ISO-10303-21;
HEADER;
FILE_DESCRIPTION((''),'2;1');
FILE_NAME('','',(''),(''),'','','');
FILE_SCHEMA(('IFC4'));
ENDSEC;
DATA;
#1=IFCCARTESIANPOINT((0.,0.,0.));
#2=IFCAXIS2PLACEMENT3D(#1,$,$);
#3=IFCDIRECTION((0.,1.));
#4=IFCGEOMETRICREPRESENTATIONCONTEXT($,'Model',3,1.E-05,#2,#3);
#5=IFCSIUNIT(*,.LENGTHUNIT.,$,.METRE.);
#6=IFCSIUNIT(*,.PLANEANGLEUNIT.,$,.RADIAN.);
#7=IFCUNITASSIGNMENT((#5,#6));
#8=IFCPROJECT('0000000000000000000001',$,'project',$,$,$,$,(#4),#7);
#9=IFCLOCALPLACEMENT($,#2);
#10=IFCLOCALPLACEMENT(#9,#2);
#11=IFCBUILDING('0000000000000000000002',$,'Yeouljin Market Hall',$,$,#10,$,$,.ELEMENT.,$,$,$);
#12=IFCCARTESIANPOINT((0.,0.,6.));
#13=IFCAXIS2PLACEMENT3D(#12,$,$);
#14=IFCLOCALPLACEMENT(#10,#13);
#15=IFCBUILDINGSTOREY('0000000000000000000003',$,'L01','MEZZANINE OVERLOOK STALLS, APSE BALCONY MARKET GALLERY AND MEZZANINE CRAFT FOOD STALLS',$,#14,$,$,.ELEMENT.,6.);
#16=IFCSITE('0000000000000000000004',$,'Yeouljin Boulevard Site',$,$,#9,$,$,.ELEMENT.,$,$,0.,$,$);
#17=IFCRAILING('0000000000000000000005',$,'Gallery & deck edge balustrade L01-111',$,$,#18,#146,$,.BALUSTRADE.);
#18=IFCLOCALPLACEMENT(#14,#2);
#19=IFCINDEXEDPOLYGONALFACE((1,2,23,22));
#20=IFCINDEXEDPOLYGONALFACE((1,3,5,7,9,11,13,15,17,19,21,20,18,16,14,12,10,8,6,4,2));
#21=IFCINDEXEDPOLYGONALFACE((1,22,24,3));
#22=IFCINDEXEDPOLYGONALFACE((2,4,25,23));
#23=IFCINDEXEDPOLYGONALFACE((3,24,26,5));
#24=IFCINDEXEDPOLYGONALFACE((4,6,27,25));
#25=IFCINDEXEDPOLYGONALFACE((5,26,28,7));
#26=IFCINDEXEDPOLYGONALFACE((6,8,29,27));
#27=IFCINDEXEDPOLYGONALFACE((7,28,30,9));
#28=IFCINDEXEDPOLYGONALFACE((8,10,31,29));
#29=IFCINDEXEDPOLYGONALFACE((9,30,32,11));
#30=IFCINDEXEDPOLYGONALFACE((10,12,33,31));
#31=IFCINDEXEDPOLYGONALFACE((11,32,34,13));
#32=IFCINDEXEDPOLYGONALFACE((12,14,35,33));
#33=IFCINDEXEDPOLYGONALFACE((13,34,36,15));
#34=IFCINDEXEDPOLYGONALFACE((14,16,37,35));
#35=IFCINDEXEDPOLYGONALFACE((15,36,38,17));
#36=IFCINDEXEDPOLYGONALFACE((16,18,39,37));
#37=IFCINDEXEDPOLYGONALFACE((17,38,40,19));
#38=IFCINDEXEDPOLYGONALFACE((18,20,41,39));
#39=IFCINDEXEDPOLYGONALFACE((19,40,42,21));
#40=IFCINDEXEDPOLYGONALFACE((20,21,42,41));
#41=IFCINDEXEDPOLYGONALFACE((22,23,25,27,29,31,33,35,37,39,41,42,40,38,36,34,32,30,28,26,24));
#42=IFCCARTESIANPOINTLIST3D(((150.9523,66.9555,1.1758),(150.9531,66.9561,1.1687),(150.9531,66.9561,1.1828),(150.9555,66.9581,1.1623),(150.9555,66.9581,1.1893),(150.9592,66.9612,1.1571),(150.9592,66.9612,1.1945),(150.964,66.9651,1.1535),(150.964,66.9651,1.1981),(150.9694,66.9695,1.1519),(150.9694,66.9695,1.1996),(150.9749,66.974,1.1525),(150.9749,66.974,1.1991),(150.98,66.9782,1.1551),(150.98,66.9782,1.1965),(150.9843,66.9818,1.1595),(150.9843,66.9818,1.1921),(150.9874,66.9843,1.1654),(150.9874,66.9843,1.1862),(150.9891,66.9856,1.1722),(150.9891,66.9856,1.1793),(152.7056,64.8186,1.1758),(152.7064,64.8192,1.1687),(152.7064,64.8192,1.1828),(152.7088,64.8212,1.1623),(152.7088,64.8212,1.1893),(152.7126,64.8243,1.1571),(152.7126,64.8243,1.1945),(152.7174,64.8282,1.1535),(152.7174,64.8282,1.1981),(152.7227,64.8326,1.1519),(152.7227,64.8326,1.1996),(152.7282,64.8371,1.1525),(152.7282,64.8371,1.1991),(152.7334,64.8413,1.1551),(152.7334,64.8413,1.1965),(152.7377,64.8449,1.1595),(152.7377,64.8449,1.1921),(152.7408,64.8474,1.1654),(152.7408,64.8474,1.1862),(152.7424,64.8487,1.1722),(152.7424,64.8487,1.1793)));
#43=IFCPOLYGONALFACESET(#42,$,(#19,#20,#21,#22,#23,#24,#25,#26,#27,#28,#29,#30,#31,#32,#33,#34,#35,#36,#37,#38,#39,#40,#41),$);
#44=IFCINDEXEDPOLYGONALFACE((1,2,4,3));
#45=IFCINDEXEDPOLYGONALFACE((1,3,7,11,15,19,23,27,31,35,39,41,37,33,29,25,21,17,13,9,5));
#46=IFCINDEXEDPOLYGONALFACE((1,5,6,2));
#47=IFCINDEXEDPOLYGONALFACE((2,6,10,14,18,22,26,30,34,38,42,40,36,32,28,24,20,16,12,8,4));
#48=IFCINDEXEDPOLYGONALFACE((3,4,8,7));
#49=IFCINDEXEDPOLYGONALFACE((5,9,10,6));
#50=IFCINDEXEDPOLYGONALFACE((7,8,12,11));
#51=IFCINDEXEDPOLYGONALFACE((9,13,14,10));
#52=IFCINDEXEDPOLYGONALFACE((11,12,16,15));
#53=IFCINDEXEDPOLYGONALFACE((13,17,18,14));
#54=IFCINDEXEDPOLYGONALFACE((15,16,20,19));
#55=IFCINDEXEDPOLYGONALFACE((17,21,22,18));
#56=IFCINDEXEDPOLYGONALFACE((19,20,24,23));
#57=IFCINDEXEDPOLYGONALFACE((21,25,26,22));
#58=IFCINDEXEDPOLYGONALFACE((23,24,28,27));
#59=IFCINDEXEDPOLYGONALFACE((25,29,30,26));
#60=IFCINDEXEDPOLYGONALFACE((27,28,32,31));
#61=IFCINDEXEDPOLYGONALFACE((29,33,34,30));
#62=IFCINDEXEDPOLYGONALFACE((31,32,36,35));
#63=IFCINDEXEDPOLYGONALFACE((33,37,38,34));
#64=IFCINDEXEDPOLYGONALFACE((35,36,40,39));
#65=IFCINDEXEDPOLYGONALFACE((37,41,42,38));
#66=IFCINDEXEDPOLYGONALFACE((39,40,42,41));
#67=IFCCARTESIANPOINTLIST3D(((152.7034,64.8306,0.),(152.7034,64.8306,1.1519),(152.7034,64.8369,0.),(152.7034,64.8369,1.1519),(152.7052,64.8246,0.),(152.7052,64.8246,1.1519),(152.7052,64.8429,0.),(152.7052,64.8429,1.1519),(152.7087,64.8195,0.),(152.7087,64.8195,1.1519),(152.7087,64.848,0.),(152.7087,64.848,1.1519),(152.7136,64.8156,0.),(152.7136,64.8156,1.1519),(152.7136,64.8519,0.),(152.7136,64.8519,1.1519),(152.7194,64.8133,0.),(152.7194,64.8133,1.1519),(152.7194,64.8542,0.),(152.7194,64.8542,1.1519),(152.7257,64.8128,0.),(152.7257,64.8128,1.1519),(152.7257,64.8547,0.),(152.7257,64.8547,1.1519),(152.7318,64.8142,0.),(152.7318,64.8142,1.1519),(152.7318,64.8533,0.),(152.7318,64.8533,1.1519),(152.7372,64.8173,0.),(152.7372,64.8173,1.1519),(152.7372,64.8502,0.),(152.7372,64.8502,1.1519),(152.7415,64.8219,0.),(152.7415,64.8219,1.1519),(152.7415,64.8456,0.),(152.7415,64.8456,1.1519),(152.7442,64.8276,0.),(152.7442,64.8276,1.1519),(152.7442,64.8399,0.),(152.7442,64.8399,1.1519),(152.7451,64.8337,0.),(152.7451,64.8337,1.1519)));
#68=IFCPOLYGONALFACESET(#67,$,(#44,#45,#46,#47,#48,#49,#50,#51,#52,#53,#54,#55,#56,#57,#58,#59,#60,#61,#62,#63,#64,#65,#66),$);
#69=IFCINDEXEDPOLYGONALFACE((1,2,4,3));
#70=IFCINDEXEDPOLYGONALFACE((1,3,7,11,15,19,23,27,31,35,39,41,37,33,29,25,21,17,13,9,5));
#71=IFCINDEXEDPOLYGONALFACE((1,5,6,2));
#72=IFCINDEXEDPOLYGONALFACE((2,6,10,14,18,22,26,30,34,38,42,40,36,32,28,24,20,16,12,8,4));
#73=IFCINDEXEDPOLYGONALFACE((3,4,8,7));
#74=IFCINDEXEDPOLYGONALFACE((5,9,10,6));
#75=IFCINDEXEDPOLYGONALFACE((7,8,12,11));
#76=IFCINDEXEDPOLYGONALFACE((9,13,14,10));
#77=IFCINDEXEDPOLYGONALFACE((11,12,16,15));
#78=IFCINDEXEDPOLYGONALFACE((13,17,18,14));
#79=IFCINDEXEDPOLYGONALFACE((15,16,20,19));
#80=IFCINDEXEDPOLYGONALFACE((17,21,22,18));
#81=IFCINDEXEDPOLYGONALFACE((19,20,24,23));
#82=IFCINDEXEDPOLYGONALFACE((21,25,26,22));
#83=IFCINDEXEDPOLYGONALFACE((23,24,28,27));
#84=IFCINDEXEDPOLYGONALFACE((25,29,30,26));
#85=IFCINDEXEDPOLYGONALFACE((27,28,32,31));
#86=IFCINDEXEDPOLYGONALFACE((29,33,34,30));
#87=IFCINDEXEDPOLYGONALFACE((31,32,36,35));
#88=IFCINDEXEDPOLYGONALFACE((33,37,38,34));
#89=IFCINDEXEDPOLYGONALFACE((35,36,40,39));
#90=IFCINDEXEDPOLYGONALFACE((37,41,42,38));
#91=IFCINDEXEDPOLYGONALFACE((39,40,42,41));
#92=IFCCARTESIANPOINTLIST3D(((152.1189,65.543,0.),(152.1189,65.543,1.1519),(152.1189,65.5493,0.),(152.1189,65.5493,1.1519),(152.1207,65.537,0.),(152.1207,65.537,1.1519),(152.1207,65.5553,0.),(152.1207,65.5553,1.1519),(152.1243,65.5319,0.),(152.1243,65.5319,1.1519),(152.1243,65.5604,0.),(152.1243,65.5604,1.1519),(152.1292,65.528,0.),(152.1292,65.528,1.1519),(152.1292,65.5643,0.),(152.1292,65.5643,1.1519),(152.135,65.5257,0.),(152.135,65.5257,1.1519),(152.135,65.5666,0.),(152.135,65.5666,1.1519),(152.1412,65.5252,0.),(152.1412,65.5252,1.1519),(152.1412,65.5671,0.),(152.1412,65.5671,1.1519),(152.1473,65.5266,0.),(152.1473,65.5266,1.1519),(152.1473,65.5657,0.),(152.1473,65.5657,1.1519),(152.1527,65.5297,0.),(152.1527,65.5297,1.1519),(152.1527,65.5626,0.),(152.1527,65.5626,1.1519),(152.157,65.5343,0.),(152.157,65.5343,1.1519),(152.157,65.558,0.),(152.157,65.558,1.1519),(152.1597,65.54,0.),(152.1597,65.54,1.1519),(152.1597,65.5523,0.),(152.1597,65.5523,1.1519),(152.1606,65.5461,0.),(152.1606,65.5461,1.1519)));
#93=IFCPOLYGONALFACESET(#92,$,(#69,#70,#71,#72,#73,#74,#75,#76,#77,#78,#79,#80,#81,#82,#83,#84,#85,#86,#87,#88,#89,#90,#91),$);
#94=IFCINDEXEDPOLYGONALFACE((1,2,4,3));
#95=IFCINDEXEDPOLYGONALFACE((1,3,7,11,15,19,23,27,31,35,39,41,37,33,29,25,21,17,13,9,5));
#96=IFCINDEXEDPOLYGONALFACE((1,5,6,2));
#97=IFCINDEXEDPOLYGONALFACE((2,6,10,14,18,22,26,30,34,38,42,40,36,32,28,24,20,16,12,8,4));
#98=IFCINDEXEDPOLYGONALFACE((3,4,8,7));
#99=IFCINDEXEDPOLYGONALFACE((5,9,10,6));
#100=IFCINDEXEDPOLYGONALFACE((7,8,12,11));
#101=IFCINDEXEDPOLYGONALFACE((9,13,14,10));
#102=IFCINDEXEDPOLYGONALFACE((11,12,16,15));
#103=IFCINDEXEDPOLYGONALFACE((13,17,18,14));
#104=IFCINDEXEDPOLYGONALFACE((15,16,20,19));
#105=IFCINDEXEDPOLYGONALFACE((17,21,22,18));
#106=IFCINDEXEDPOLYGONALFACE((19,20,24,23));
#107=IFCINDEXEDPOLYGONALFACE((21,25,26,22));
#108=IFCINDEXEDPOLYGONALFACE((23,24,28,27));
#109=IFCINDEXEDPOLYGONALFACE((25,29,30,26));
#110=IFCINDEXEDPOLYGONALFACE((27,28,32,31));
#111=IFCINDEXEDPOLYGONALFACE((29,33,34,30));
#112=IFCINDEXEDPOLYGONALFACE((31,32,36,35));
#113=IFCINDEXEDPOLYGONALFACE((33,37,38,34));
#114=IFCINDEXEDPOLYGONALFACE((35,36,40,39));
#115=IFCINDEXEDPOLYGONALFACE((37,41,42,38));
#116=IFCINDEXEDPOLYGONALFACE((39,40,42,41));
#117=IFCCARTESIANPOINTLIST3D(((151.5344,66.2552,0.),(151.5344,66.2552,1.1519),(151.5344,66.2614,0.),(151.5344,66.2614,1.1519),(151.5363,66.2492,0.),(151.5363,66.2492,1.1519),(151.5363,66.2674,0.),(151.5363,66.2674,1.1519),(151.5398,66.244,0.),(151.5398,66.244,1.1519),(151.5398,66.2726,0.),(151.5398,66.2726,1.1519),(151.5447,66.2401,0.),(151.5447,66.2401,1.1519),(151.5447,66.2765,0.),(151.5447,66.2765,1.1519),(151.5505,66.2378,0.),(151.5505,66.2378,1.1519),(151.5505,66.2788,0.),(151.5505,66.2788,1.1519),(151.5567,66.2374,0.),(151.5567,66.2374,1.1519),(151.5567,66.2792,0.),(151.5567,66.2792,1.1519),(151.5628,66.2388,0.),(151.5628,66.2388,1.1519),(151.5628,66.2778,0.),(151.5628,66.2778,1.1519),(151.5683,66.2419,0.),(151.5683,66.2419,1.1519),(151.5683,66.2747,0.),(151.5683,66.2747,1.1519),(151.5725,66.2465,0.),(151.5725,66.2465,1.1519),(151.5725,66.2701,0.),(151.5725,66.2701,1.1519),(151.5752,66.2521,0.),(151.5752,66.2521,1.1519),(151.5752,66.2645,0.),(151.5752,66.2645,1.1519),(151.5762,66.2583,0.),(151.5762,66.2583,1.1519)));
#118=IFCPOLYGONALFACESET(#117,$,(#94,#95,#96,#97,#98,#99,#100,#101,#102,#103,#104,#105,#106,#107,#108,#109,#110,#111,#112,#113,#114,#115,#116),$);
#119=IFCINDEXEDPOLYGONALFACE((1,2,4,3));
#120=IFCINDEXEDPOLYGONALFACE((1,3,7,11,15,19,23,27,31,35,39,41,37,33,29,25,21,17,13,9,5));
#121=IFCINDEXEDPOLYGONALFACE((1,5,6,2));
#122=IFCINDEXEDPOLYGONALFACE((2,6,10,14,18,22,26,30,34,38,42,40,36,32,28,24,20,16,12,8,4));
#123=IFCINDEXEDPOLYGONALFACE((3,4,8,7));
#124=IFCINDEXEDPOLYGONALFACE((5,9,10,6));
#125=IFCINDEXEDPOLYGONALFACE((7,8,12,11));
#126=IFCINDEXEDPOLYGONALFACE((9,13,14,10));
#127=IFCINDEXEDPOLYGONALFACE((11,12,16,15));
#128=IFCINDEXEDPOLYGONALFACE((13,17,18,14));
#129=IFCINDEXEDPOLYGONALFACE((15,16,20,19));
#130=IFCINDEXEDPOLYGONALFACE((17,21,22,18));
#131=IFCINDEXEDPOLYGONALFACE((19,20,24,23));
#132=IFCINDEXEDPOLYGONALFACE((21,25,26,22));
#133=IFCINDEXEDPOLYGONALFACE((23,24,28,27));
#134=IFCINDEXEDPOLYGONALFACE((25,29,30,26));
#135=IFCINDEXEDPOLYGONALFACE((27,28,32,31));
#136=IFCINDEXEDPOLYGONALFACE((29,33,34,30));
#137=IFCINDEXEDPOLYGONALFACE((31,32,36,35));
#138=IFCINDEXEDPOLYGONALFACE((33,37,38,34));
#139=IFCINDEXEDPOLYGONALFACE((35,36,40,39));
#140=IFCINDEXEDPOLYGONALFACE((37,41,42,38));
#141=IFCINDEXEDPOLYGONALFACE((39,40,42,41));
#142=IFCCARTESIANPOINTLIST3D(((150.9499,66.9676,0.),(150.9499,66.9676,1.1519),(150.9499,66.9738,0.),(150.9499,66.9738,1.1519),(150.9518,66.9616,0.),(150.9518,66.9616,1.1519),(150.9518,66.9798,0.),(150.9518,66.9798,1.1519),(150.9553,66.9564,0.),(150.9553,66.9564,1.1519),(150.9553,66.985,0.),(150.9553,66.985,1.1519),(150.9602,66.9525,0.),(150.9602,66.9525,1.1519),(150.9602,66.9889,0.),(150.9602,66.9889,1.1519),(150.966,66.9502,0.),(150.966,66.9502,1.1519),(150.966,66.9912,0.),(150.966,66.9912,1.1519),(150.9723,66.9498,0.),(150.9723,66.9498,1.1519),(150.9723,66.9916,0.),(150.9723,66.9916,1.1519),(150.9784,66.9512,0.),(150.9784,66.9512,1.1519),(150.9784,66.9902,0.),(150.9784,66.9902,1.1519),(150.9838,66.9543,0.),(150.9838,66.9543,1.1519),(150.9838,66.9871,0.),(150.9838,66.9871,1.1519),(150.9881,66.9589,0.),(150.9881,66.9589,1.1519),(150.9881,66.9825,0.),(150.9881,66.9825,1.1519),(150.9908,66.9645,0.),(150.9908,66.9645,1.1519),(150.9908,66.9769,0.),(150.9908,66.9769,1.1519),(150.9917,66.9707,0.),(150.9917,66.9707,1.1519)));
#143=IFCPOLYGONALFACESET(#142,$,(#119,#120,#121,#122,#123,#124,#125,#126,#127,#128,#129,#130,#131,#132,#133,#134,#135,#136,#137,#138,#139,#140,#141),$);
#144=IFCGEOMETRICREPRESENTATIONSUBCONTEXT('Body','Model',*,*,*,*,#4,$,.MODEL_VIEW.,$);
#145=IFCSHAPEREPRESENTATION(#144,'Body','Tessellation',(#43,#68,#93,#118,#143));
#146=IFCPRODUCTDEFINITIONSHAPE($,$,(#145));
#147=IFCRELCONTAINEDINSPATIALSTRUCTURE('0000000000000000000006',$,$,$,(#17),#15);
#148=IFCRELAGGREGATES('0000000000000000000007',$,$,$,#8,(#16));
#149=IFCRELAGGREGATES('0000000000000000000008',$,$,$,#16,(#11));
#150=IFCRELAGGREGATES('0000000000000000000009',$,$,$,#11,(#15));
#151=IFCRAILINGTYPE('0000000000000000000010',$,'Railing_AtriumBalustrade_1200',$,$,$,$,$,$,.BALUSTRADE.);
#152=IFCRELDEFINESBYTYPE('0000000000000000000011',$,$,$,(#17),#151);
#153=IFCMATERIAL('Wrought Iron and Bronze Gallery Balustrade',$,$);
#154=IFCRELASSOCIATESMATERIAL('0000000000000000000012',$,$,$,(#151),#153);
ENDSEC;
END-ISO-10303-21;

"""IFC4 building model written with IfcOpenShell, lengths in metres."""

from ifc_helpers import new_model, si_unit, direction, frame, origin, origin_2d, place, context, subcontext, project, spatial, circle, extrude, material, type_object, element, save


model = new_model("IFC4")

# Units and contexts
model_context = context("Model", 3, precision=1e-05, world=origin(), true_north=direction((0.0, 1.0)))
body_context = subcontext(model_context, "Body", "Model", "MODEL_VIEW")
ifc_project = project(units=[si_unit("LENGTHUNIT", "METRE"), si_unit("PLANEANGLEUNIT", "RADIAN")], contexts=[model_context])

# Site, building, storey
site_placement = place(None, origin())
site = spatial("IfcSite", under=ifc_project, at=site_placement, Name="Yeouljin Boulevard Site", CompositionType="ELEMENT", RefElevation=0.0)
building_placement = place(site_placement, origin())
building = spatial("IfcBuilding", under=site, at=building_placement, Name="Yeouljin Market Hall", CompositionType="ELEMENT")
storey_placement = place(building_placement, frame((0.0, 0.0, 6.0)))
storey = spatial("IfcBuildingStorey", under=building, at=storey_placement, Name="L01", Description="MEZZANINE OVERLOOK STALLS, APSE BALCONY MARKET GALLERY AND MEZZANINE CRAFT FOOD STALLS", CompositionType="ELEMENT", Elevation=6.0)

# Railing
ifc_material_1 = material(Name="Wrought Iron and Bronze Gallery Balustrade")
railing_type = type_object("IfcRailingType", Name="Railing_AtriumBalustrade_1200", PredefinedType="BALUSTRADE", material=ifc_material_1)
railing_placement = place(storey_placement, frame((152.7241, 64.8337, 0.0)))
element("IfcRailing", 1, at=railing_placement, inside=storey, type_object=railing_type, Name="Gallery & deck edge balustrade L01-111", PredefinedType="BALUSTRADE", context=body_context, shape_type="SweptSolid", body=[
    extrude(circle(Radius=0.0239, at=origin_2d()), frame((0.0, 0.0, 1.1758), z_axis=(-0.634319, 0.773071, 0.0), x_axis=(-0.773071, -0.634319, 0.0)), (0.0, 0.0, 1.0), 2.7642),
    extrude(circle(Radius=0.021, at=origin_2d()), origin(), (0.0, 0.0, 1.0), 1.1519),
    extrude(circle(Radius=0.021, at=origin_2d()), frame((-0.5845, 0.7124, 0.0)), (0.0, 0.0, 1.0), 1.1519),
    extrude(circle(Radius=0.021, at=origin_2d()), frame((-1.1689, 1.4246, 0.0)), (0.0, 0.0, 1.0), 1.1519),
    extrude(circle(Radius=0.021, at=origin_2d()), frame((-1.7534, 2.137, 0.0)), (0.0, 0.0, 1.0), 1.1519),
])

save(model, "model.ifc")
